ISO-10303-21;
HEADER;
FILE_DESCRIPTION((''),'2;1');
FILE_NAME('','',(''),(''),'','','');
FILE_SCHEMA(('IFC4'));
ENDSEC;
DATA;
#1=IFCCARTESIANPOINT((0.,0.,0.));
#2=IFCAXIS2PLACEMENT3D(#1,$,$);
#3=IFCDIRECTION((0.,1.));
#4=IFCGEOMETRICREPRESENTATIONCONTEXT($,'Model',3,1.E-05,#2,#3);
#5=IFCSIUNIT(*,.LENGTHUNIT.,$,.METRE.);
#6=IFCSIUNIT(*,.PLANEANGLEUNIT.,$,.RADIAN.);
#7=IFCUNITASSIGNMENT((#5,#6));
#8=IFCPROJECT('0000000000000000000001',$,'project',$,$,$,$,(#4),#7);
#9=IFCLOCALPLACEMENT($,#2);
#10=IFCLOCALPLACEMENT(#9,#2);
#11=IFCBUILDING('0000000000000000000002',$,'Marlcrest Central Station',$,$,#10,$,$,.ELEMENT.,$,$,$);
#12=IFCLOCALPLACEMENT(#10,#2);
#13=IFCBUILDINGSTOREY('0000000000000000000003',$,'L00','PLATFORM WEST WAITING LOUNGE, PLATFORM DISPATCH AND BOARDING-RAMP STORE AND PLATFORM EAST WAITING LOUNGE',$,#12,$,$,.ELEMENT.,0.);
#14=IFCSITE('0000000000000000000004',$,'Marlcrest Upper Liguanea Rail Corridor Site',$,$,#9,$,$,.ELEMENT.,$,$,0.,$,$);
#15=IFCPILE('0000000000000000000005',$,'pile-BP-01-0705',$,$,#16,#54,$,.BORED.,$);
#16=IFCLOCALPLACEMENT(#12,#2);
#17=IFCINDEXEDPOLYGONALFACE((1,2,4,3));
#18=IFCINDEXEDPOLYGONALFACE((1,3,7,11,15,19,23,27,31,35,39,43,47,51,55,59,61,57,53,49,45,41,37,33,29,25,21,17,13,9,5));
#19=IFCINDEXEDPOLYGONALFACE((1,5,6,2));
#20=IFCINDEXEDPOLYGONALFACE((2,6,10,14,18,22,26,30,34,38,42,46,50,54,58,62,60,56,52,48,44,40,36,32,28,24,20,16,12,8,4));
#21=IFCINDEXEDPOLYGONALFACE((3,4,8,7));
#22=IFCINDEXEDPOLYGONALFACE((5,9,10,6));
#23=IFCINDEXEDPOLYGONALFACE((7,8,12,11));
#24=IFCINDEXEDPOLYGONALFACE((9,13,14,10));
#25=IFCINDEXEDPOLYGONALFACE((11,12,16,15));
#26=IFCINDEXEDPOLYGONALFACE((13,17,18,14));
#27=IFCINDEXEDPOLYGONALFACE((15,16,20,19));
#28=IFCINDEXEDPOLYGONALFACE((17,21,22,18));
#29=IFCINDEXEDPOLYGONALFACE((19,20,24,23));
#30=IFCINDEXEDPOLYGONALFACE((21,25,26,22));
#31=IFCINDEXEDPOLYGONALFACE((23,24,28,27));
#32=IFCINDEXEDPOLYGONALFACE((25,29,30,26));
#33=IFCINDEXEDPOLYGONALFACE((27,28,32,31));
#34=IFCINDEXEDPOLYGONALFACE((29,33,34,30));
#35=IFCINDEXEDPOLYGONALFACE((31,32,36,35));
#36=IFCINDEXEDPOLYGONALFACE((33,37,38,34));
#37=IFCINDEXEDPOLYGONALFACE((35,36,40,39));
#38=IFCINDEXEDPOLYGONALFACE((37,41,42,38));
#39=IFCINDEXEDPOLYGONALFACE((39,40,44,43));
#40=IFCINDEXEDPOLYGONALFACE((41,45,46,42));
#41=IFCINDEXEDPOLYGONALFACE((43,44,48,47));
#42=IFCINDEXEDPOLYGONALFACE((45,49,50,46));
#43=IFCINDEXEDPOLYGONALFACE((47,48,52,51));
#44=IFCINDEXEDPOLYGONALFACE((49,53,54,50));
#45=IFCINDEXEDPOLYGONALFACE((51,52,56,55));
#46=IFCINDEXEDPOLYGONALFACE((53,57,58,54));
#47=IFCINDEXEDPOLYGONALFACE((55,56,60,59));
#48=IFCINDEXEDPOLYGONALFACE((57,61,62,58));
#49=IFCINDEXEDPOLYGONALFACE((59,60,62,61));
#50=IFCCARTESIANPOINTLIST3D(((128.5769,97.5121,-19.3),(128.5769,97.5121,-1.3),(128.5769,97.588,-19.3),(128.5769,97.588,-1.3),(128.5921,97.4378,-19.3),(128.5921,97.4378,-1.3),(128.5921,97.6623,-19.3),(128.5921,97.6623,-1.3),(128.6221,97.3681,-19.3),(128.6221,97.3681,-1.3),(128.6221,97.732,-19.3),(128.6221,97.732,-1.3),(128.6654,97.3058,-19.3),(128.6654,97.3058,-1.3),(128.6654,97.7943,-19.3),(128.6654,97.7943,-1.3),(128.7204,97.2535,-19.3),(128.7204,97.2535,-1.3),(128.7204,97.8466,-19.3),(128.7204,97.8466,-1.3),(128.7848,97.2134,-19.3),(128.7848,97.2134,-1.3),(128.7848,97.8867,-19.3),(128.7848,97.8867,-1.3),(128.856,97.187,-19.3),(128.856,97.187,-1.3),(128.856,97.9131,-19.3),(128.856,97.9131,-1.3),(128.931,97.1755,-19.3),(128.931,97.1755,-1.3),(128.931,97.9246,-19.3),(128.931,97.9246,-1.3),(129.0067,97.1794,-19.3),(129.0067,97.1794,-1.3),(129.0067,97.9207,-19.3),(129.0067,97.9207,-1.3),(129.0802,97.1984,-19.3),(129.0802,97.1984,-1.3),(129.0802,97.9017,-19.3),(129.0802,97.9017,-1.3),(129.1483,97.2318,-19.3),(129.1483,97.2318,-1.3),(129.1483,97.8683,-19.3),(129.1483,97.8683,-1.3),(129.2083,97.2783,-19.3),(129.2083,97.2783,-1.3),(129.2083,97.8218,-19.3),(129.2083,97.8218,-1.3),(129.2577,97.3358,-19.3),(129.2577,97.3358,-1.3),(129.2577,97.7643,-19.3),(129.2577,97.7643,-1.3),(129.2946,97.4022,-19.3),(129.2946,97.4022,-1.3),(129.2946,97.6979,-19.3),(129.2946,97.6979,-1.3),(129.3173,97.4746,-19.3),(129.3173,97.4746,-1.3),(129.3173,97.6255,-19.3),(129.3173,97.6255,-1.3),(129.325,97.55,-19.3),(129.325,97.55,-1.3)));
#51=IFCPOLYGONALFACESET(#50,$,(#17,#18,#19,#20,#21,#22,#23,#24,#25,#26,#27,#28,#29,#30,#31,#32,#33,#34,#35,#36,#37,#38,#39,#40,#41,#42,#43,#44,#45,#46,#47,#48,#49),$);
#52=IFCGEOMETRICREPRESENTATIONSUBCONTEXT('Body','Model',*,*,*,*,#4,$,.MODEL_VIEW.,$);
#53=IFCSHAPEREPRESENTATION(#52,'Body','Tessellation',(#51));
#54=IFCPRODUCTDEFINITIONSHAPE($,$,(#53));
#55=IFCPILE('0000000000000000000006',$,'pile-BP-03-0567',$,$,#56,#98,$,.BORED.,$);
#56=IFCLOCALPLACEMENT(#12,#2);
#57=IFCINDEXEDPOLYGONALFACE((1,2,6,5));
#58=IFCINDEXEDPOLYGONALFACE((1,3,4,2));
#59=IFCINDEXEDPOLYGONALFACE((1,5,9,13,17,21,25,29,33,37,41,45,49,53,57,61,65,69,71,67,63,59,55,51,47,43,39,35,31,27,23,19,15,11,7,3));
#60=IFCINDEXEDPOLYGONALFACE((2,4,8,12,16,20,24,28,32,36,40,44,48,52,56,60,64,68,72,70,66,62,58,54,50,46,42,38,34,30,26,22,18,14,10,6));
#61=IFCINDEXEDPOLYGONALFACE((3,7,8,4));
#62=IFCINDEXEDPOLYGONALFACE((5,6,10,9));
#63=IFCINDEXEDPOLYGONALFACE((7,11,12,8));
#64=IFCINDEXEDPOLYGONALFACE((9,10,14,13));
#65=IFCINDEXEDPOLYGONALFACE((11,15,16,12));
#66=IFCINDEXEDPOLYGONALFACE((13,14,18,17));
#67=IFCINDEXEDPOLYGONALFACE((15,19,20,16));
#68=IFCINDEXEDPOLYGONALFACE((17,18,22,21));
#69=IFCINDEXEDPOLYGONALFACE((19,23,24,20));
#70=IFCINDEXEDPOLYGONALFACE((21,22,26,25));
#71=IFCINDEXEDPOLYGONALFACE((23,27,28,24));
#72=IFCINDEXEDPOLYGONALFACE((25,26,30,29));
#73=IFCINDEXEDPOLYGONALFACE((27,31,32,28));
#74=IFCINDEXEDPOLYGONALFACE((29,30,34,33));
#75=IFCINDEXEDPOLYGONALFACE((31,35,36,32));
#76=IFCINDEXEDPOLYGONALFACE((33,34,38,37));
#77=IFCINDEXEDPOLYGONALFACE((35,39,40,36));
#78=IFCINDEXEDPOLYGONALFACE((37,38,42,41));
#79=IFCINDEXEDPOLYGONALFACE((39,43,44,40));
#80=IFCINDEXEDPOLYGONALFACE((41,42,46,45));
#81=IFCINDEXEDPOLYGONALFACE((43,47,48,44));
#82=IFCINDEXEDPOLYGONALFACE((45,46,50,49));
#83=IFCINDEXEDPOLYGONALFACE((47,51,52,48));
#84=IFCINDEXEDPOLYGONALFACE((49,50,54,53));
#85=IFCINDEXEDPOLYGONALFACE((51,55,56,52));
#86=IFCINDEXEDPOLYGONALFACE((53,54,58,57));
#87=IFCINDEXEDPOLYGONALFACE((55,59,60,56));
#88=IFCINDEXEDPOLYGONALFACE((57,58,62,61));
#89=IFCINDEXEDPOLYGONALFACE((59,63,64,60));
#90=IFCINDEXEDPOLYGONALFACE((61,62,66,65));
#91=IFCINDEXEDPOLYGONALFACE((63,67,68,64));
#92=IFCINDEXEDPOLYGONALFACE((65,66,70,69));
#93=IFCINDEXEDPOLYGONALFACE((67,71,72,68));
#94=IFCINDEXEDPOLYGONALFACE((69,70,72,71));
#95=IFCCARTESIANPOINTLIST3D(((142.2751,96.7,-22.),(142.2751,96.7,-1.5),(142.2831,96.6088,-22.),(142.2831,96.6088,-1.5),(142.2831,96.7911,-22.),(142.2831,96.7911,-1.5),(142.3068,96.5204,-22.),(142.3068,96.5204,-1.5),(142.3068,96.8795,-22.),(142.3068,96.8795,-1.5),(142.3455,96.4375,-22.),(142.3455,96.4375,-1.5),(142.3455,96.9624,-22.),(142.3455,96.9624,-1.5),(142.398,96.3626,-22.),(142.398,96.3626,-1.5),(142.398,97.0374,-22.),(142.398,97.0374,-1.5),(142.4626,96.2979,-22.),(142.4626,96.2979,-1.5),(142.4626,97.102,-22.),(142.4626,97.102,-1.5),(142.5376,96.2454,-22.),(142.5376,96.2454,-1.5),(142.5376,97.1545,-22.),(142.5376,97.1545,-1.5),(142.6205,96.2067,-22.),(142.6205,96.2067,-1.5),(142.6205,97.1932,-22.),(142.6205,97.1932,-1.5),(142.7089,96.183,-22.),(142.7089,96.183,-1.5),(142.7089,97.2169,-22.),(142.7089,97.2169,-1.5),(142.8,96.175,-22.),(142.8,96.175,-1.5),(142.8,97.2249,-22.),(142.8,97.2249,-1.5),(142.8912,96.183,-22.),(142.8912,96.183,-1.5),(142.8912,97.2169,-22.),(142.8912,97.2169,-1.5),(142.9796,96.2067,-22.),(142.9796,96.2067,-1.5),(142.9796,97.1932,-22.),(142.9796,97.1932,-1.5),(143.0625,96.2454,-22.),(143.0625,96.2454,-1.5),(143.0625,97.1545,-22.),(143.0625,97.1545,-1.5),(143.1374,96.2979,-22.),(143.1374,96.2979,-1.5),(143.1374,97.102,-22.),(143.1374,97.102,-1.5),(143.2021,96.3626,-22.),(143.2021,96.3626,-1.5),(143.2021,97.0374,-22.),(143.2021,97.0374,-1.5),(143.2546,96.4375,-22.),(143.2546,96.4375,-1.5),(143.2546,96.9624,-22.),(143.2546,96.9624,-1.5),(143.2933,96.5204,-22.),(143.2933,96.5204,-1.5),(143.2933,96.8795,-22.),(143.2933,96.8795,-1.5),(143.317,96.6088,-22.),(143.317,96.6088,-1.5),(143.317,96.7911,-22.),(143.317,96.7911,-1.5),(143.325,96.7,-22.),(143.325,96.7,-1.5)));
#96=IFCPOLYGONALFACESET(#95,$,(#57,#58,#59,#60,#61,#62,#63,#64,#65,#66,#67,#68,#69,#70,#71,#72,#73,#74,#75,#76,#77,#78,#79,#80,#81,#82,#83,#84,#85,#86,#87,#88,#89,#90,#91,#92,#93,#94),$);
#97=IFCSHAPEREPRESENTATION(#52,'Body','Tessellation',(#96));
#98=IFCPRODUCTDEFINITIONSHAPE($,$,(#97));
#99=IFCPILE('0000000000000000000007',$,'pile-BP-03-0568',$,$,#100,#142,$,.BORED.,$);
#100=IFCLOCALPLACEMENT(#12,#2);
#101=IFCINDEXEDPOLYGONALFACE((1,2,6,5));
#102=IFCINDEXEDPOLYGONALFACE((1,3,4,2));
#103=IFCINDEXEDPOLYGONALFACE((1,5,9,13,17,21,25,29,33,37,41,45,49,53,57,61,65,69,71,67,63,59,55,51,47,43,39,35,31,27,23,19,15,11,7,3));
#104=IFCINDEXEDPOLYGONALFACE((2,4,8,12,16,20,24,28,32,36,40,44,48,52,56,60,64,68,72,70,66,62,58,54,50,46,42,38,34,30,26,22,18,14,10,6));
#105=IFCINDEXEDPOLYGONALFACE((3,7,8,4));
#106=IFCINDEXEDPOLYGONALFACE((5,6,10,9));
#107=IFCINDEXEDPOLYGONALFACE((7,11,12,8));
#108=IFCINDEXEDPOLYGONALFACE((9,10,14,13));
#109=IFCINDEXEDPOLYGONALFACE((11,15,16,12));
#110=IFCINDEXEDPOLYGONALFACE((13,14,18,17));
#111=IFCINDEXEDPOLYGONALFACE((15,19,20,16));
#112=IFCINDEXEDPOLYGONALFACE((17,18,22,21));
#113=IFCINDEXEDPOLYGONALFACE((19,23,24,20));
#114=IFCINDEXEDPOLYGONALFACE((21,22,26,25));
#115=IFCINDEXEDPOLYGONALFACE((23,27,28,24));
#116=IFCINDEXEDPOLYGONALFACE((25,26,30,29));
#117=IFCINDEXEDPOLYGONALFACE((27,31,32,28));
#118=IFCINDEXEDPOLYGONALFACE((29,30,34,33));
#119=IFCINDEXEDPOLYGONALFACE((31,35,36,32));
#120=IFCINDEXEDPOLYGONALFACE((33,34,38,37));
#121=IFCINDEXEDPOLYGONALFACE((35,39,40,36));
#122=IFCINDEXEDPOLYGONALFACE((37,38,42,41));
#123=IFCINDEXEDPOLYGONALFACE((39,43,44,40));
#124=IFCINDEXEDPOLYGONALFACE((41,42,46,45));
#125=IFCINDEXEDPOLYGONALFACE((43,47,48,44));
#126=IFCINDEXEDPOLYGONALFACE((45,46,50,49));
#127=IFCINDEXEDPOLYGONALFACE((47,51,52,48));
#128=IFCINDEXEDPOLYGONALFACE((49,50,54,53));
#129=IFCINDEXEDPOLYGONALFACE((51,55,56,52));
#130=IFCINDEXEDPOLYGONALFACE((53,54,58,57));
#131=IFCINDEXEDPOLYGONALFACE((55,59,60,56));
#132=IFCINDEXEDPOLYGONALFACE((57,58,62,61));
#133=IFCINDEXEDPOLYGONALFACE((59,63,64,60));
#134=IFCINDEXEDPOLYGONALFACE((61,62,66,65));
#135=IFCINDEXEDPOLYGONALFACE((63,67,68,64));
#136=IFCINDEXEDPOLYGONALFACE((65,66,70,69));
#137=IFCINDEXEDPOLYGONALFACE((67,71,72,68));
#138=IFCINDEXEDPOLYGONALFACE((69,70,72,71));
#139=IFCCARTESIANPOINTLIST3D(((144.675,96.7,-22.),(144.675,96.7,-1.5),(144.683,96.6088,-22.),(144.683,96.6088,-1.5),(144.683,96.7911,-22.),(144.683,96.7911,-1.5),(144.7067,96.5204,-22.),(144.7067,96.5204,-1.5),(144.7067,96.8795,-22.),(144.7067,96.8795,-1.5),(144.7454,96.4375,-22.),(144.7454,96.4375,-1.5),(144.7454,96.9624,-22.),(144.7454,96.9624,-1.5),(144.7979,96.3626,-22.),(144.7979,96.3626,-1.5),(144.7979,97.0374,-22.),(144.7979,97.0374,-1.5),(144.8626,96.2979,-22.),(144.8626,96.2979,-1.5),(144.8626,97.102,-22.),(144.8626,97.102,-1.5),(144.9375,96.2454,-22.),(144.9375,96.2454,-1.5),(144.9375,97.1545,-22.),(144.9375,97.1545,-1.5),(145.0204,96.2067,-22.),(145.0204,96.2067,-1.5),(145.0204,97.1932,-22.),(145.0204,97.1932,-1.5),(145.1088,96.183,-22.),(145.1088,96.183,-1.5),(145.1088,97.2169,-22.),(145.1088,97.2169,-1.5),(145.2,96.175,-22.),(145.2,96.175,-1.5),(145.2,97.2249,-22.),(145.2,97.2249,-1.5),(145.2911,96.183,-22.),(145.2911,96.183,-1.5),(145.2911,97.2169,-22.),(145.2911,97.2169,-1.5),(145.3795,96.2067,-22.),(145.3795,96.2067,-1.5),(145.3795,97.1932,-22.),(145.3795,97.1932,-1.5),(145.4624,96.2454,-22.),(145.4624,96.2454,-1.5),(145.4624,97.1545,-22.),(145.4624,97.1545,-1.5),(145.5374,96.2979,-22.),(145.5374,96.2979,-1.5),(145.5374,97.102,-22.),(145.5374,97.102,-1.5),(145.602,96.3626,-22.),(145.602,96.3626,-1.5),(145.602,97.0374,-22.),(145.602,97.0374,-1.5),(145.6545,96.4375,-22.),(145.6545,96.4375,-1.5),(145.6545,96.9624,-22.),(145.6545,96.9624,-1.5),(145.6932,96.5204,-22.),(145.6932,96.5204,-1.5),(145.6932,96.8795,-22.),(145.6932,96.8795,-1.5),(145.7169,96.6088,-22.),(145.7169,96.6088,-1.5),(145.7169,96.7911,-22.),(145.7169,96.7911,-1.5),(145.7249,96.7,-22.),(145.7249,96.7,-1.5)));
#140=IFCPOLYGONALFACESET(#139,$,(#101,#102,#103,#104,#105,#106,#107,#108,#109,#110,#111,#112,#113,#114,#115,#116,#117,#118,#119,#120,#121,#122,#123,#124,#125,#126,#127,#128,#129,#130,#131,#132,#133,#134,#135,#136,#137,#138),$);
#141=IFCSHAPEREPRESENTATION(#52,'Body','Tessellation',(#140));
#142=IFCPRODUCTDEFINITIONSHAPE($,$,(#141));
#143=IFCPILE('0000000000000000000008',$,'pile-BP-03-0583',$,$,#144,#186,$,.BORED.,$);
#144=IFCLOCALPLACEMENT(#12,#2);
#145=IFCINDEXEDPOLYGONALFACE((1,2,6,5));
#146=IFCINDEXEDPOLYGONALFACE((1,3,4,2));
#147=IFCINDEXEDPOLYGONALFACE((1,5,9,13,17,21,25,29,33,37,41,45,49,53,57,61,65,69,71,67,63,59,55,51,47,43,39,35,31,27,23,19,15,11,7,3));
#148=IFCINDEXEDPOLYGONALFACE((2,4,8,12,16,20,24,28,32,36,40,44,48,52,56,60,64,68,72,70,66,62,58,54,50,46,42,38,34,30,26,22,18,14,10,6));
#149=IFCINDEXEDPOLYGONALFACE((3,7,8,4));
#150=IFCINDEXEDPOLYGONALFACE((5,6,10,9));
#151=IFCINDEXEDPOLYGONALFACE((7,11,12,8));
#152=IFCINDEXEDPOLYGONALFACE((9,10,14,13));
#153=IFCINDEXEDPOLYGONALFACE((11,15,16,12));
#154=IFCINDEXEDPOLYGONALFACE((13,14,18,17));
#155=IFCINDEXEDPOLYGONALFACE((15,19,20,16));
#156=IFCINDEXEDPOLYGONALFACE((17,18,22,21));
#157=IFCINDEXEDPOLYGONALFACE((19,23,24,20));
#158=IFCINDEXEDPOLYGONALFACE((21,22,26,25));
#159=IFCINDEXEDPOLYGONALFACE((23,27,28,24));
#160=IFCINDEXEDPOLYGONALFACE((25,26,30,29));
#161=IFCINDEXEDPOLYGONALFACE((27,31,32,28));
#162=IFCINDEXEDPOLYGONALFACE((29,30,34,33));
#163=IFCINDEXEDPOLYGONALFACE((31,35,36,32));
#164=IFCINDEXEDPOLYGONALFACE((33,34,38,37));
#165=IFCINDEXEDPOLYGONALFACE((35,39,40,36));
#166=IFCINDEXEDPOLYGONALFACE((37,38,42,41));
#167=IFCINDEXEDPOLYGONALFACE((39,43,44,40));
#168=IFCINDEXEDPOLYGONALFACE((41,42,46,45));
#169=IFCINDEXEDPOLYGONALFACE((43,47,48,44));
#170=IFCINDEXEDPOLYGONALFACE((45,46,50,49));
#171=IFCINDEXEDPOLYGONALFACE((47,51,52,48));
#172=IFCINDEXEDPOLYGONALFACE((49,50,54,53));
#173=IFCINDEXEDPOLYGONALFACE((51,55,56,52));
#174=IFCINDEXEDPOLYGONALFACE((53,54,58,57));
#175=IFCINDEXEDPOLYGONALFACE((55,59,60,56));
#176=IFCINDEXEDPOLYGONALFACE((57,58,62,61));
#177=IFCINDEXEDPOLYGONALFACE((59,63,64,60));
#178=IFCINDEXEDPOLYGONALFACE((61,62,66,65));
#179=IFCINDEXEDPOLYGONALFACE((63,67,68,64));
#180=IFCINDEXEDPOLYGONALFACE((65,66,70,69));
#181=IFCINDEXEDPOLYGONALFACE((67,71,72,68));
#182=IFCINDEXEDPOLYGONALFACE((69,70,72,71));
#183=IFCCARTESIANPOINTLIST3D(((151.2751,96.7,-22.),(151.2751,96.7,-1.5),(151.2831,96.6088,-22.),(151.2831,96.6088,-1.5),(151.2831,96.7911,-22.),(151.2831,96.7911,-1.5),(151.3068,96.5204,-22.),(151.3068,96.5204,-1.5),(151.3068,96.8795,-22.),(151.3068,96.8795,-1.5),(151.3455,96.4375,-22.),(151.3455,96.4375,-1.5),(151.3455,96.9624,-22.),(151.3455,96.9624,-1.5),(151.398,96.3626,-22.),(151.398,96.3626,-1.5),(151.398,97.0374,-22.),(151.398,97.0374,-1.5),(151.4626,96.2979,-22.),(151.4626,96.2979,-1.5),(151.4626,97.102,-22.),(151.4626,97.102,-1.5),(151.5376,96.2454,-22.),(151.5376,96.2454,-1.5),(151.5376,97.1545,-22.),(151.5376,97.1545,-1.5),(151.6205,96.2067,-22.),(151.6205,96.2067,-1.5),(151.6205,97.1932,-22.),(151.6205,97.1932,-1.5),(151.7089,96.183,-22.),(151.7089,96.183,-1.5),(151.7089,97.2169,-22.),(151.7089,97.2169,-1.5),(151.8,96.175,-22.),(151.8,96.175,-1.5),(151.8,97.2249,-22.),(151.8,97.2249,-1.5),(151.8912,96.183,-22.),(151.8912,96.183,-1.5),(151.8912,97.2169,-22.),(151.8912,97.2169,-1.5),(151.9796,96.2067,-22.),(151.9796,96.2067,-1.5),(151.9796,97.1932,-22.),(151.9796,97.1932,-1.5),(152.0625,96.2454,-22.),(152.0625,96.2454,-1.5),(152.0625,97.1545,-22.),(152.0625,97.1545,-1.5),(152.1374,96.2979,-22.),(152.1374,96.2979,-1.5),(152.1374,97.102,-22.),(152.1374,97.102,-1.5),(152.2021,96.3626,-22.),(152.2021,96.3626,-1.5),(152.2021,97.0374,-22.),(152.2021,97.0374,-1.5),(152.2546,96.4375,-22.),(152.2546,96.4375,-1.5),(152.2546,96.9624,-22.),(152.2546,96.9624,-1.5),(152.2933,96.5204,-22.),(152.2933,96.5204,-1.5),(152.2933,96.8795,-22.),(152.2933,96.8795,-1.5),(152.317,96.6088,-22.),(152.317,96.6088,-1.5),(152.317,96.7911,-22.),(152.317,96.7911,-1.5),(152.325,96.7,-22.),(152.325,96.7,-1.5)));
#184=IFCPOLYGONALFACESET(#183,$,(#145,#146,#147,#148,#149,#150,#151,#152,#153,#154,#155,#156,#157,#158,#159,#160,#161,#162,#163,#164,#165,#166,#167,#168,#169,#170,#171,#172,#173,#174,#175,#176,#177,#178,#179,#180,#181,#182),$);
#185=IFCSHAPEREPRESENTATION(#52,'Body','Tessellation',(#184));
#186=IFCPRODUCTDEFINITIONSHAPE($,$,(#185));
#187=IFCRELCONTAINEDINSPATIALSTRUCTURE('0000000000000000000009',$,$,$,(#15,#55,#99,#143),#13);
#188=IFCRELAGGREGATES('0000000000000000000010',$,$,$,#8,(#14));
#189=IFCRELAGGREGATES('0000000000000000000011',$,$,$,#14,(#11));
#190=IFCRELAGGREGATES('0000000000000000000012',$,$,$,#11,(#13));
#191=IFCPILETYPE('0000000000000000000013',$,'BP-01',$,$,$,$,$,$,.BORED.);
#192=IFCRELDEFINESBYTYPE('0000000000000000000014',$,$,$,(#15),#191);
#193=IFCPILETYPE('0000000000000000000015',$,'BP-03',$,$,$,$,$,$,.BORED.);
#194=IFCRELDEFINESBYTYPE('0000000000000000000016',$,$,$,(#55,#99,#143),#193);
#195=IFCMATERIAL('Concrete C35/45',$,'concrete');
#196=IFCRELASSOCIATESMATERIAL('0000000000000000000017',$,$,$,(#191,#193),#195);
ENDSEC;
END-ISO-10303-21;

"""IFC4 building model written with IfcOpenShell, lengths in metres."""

from ifc_helpers import new_model, si_unit, direction, frame, origin, origin_2d, place, context, subcontext, project, spatial, circle, extrude, material, material_profile, profile_set, type_object, element, save


model = new_model("IFC4")

# Units and contexts
model_context = context("Model", 3, precision=1e-05, world=origin(), true_north=direction((0.0, 1.0)))
body_context = subcontext(model_context, "Body", "Model", "MODEL_VIEW")
ifc_project = project(units=[si_unit("LENGTHUNIT", "METRE"), si_unit("PLANEANGLEUNIT", "RADIAN")], contexts=[model_context])

# Site, building, storey
site_placement = place(None, origin())
site = spatial("IfcSite", under=ifc_project, at=site_placement, Name="Marlcrest Upper Liguanea Rail Corridor Site", CompositionType="ELEMENT", RefElevation=0.0)
building_placement = place(site_placement, origin())
building = spatial("IfcBuilding", under=site, at=building_placement, Name="Marlcrest Central Station", CompositionType="ELEMENT")
storey_placement = place(building_placement, origin())
storey = spatial("IfcBuildingStorey", under=building, at=storey_placement, Name="L00", Description="PLATFORM WEST WAITING LOUNGE, PLATFORM DISPATCH AND BOARDING-RAMP STORE AND PLATFORM EAST WAITING LOUNGE", CompositionType="ELEMENT", Elevation=0.0)

# Piles
ifc_material_1 = material(Name="Concrete C35/45", Category="concrete")
ifc_material_profile_1 = material_profile(ifc_material_1, circle(Radius=0.375, at=origin_2d()), Name="PILE D750")
ifc_profile_set_1 = profile_set([ifc_material_profile_1], Name="Concrete C35/45")
pile_type_1 = type_object("IfcPileType", Name="BP-01", PredefinedType="BORED", material=ifc_profile_set_1)
pile_placement = place(storey_placement, frame((128.95, 97.55, -1.3), z_axis=(0.0, 0.0, -1.0), x_axis=(1.0, 0.0, 0.0)))
element("IfcPile", 1, at=pile_placement, inside=storey, type_object=pile_type_1, Name="pile-BP-01-0705", PredefinedType="BORED", context=body_context, shape_type="SweptSolid", body=[
    extrude(circle(Radius=0.375, at=origin_2d()), origin(), (0.0, 0.0, 1.0), 18.0),
])
ifc_material_profile_2 = material_profile(ifc_material_1, circle(Radius=0.5249, at=origin_2d()), Name="PILE D1050")
ifc_profile_set_2 = profile_set([ifc_material_profile_2], Name="Concrete C35/45")
pile_type_2 = type_object("IfcPileType", Name="BP-03", PredefinedType="BORED", material=ifc_profile_set_2)
for number, where, z_axis, x_axis, name in (
    (2, (142.8, 96.7, -1.5), (0.0, 0.0, -1.0), (1.0, 0.0, 0.0), "pile-BP-03-0567"),
    (3, (145.2, 96.7, -1.5), (0.0, 0.0, -1.0), (1.0, 0.0, 0.0), "pile-BP-03-0568"),
    (4, (151.8, 96.7, -1.5), (0.0, 0.0, -1.0), (1.0, 0.0, 0.0), "pile-BP-03-0583"),
):
    element("IfcPile", number, at=place(storey_placement, frame(where, z_axis=z_axis, x_axis=x_axis)), inside=storey, type_object=pile_type_2, Name=name, PredefinedType="BORED", context=body_context, shape_type="SweptSolid", body=[
        extrude(circle(Radius=0.5249, at=origin_2d()), origin(), (0.0, 0.0, 1.0), 20.5),
    ])

save(model, "model.ifc")
